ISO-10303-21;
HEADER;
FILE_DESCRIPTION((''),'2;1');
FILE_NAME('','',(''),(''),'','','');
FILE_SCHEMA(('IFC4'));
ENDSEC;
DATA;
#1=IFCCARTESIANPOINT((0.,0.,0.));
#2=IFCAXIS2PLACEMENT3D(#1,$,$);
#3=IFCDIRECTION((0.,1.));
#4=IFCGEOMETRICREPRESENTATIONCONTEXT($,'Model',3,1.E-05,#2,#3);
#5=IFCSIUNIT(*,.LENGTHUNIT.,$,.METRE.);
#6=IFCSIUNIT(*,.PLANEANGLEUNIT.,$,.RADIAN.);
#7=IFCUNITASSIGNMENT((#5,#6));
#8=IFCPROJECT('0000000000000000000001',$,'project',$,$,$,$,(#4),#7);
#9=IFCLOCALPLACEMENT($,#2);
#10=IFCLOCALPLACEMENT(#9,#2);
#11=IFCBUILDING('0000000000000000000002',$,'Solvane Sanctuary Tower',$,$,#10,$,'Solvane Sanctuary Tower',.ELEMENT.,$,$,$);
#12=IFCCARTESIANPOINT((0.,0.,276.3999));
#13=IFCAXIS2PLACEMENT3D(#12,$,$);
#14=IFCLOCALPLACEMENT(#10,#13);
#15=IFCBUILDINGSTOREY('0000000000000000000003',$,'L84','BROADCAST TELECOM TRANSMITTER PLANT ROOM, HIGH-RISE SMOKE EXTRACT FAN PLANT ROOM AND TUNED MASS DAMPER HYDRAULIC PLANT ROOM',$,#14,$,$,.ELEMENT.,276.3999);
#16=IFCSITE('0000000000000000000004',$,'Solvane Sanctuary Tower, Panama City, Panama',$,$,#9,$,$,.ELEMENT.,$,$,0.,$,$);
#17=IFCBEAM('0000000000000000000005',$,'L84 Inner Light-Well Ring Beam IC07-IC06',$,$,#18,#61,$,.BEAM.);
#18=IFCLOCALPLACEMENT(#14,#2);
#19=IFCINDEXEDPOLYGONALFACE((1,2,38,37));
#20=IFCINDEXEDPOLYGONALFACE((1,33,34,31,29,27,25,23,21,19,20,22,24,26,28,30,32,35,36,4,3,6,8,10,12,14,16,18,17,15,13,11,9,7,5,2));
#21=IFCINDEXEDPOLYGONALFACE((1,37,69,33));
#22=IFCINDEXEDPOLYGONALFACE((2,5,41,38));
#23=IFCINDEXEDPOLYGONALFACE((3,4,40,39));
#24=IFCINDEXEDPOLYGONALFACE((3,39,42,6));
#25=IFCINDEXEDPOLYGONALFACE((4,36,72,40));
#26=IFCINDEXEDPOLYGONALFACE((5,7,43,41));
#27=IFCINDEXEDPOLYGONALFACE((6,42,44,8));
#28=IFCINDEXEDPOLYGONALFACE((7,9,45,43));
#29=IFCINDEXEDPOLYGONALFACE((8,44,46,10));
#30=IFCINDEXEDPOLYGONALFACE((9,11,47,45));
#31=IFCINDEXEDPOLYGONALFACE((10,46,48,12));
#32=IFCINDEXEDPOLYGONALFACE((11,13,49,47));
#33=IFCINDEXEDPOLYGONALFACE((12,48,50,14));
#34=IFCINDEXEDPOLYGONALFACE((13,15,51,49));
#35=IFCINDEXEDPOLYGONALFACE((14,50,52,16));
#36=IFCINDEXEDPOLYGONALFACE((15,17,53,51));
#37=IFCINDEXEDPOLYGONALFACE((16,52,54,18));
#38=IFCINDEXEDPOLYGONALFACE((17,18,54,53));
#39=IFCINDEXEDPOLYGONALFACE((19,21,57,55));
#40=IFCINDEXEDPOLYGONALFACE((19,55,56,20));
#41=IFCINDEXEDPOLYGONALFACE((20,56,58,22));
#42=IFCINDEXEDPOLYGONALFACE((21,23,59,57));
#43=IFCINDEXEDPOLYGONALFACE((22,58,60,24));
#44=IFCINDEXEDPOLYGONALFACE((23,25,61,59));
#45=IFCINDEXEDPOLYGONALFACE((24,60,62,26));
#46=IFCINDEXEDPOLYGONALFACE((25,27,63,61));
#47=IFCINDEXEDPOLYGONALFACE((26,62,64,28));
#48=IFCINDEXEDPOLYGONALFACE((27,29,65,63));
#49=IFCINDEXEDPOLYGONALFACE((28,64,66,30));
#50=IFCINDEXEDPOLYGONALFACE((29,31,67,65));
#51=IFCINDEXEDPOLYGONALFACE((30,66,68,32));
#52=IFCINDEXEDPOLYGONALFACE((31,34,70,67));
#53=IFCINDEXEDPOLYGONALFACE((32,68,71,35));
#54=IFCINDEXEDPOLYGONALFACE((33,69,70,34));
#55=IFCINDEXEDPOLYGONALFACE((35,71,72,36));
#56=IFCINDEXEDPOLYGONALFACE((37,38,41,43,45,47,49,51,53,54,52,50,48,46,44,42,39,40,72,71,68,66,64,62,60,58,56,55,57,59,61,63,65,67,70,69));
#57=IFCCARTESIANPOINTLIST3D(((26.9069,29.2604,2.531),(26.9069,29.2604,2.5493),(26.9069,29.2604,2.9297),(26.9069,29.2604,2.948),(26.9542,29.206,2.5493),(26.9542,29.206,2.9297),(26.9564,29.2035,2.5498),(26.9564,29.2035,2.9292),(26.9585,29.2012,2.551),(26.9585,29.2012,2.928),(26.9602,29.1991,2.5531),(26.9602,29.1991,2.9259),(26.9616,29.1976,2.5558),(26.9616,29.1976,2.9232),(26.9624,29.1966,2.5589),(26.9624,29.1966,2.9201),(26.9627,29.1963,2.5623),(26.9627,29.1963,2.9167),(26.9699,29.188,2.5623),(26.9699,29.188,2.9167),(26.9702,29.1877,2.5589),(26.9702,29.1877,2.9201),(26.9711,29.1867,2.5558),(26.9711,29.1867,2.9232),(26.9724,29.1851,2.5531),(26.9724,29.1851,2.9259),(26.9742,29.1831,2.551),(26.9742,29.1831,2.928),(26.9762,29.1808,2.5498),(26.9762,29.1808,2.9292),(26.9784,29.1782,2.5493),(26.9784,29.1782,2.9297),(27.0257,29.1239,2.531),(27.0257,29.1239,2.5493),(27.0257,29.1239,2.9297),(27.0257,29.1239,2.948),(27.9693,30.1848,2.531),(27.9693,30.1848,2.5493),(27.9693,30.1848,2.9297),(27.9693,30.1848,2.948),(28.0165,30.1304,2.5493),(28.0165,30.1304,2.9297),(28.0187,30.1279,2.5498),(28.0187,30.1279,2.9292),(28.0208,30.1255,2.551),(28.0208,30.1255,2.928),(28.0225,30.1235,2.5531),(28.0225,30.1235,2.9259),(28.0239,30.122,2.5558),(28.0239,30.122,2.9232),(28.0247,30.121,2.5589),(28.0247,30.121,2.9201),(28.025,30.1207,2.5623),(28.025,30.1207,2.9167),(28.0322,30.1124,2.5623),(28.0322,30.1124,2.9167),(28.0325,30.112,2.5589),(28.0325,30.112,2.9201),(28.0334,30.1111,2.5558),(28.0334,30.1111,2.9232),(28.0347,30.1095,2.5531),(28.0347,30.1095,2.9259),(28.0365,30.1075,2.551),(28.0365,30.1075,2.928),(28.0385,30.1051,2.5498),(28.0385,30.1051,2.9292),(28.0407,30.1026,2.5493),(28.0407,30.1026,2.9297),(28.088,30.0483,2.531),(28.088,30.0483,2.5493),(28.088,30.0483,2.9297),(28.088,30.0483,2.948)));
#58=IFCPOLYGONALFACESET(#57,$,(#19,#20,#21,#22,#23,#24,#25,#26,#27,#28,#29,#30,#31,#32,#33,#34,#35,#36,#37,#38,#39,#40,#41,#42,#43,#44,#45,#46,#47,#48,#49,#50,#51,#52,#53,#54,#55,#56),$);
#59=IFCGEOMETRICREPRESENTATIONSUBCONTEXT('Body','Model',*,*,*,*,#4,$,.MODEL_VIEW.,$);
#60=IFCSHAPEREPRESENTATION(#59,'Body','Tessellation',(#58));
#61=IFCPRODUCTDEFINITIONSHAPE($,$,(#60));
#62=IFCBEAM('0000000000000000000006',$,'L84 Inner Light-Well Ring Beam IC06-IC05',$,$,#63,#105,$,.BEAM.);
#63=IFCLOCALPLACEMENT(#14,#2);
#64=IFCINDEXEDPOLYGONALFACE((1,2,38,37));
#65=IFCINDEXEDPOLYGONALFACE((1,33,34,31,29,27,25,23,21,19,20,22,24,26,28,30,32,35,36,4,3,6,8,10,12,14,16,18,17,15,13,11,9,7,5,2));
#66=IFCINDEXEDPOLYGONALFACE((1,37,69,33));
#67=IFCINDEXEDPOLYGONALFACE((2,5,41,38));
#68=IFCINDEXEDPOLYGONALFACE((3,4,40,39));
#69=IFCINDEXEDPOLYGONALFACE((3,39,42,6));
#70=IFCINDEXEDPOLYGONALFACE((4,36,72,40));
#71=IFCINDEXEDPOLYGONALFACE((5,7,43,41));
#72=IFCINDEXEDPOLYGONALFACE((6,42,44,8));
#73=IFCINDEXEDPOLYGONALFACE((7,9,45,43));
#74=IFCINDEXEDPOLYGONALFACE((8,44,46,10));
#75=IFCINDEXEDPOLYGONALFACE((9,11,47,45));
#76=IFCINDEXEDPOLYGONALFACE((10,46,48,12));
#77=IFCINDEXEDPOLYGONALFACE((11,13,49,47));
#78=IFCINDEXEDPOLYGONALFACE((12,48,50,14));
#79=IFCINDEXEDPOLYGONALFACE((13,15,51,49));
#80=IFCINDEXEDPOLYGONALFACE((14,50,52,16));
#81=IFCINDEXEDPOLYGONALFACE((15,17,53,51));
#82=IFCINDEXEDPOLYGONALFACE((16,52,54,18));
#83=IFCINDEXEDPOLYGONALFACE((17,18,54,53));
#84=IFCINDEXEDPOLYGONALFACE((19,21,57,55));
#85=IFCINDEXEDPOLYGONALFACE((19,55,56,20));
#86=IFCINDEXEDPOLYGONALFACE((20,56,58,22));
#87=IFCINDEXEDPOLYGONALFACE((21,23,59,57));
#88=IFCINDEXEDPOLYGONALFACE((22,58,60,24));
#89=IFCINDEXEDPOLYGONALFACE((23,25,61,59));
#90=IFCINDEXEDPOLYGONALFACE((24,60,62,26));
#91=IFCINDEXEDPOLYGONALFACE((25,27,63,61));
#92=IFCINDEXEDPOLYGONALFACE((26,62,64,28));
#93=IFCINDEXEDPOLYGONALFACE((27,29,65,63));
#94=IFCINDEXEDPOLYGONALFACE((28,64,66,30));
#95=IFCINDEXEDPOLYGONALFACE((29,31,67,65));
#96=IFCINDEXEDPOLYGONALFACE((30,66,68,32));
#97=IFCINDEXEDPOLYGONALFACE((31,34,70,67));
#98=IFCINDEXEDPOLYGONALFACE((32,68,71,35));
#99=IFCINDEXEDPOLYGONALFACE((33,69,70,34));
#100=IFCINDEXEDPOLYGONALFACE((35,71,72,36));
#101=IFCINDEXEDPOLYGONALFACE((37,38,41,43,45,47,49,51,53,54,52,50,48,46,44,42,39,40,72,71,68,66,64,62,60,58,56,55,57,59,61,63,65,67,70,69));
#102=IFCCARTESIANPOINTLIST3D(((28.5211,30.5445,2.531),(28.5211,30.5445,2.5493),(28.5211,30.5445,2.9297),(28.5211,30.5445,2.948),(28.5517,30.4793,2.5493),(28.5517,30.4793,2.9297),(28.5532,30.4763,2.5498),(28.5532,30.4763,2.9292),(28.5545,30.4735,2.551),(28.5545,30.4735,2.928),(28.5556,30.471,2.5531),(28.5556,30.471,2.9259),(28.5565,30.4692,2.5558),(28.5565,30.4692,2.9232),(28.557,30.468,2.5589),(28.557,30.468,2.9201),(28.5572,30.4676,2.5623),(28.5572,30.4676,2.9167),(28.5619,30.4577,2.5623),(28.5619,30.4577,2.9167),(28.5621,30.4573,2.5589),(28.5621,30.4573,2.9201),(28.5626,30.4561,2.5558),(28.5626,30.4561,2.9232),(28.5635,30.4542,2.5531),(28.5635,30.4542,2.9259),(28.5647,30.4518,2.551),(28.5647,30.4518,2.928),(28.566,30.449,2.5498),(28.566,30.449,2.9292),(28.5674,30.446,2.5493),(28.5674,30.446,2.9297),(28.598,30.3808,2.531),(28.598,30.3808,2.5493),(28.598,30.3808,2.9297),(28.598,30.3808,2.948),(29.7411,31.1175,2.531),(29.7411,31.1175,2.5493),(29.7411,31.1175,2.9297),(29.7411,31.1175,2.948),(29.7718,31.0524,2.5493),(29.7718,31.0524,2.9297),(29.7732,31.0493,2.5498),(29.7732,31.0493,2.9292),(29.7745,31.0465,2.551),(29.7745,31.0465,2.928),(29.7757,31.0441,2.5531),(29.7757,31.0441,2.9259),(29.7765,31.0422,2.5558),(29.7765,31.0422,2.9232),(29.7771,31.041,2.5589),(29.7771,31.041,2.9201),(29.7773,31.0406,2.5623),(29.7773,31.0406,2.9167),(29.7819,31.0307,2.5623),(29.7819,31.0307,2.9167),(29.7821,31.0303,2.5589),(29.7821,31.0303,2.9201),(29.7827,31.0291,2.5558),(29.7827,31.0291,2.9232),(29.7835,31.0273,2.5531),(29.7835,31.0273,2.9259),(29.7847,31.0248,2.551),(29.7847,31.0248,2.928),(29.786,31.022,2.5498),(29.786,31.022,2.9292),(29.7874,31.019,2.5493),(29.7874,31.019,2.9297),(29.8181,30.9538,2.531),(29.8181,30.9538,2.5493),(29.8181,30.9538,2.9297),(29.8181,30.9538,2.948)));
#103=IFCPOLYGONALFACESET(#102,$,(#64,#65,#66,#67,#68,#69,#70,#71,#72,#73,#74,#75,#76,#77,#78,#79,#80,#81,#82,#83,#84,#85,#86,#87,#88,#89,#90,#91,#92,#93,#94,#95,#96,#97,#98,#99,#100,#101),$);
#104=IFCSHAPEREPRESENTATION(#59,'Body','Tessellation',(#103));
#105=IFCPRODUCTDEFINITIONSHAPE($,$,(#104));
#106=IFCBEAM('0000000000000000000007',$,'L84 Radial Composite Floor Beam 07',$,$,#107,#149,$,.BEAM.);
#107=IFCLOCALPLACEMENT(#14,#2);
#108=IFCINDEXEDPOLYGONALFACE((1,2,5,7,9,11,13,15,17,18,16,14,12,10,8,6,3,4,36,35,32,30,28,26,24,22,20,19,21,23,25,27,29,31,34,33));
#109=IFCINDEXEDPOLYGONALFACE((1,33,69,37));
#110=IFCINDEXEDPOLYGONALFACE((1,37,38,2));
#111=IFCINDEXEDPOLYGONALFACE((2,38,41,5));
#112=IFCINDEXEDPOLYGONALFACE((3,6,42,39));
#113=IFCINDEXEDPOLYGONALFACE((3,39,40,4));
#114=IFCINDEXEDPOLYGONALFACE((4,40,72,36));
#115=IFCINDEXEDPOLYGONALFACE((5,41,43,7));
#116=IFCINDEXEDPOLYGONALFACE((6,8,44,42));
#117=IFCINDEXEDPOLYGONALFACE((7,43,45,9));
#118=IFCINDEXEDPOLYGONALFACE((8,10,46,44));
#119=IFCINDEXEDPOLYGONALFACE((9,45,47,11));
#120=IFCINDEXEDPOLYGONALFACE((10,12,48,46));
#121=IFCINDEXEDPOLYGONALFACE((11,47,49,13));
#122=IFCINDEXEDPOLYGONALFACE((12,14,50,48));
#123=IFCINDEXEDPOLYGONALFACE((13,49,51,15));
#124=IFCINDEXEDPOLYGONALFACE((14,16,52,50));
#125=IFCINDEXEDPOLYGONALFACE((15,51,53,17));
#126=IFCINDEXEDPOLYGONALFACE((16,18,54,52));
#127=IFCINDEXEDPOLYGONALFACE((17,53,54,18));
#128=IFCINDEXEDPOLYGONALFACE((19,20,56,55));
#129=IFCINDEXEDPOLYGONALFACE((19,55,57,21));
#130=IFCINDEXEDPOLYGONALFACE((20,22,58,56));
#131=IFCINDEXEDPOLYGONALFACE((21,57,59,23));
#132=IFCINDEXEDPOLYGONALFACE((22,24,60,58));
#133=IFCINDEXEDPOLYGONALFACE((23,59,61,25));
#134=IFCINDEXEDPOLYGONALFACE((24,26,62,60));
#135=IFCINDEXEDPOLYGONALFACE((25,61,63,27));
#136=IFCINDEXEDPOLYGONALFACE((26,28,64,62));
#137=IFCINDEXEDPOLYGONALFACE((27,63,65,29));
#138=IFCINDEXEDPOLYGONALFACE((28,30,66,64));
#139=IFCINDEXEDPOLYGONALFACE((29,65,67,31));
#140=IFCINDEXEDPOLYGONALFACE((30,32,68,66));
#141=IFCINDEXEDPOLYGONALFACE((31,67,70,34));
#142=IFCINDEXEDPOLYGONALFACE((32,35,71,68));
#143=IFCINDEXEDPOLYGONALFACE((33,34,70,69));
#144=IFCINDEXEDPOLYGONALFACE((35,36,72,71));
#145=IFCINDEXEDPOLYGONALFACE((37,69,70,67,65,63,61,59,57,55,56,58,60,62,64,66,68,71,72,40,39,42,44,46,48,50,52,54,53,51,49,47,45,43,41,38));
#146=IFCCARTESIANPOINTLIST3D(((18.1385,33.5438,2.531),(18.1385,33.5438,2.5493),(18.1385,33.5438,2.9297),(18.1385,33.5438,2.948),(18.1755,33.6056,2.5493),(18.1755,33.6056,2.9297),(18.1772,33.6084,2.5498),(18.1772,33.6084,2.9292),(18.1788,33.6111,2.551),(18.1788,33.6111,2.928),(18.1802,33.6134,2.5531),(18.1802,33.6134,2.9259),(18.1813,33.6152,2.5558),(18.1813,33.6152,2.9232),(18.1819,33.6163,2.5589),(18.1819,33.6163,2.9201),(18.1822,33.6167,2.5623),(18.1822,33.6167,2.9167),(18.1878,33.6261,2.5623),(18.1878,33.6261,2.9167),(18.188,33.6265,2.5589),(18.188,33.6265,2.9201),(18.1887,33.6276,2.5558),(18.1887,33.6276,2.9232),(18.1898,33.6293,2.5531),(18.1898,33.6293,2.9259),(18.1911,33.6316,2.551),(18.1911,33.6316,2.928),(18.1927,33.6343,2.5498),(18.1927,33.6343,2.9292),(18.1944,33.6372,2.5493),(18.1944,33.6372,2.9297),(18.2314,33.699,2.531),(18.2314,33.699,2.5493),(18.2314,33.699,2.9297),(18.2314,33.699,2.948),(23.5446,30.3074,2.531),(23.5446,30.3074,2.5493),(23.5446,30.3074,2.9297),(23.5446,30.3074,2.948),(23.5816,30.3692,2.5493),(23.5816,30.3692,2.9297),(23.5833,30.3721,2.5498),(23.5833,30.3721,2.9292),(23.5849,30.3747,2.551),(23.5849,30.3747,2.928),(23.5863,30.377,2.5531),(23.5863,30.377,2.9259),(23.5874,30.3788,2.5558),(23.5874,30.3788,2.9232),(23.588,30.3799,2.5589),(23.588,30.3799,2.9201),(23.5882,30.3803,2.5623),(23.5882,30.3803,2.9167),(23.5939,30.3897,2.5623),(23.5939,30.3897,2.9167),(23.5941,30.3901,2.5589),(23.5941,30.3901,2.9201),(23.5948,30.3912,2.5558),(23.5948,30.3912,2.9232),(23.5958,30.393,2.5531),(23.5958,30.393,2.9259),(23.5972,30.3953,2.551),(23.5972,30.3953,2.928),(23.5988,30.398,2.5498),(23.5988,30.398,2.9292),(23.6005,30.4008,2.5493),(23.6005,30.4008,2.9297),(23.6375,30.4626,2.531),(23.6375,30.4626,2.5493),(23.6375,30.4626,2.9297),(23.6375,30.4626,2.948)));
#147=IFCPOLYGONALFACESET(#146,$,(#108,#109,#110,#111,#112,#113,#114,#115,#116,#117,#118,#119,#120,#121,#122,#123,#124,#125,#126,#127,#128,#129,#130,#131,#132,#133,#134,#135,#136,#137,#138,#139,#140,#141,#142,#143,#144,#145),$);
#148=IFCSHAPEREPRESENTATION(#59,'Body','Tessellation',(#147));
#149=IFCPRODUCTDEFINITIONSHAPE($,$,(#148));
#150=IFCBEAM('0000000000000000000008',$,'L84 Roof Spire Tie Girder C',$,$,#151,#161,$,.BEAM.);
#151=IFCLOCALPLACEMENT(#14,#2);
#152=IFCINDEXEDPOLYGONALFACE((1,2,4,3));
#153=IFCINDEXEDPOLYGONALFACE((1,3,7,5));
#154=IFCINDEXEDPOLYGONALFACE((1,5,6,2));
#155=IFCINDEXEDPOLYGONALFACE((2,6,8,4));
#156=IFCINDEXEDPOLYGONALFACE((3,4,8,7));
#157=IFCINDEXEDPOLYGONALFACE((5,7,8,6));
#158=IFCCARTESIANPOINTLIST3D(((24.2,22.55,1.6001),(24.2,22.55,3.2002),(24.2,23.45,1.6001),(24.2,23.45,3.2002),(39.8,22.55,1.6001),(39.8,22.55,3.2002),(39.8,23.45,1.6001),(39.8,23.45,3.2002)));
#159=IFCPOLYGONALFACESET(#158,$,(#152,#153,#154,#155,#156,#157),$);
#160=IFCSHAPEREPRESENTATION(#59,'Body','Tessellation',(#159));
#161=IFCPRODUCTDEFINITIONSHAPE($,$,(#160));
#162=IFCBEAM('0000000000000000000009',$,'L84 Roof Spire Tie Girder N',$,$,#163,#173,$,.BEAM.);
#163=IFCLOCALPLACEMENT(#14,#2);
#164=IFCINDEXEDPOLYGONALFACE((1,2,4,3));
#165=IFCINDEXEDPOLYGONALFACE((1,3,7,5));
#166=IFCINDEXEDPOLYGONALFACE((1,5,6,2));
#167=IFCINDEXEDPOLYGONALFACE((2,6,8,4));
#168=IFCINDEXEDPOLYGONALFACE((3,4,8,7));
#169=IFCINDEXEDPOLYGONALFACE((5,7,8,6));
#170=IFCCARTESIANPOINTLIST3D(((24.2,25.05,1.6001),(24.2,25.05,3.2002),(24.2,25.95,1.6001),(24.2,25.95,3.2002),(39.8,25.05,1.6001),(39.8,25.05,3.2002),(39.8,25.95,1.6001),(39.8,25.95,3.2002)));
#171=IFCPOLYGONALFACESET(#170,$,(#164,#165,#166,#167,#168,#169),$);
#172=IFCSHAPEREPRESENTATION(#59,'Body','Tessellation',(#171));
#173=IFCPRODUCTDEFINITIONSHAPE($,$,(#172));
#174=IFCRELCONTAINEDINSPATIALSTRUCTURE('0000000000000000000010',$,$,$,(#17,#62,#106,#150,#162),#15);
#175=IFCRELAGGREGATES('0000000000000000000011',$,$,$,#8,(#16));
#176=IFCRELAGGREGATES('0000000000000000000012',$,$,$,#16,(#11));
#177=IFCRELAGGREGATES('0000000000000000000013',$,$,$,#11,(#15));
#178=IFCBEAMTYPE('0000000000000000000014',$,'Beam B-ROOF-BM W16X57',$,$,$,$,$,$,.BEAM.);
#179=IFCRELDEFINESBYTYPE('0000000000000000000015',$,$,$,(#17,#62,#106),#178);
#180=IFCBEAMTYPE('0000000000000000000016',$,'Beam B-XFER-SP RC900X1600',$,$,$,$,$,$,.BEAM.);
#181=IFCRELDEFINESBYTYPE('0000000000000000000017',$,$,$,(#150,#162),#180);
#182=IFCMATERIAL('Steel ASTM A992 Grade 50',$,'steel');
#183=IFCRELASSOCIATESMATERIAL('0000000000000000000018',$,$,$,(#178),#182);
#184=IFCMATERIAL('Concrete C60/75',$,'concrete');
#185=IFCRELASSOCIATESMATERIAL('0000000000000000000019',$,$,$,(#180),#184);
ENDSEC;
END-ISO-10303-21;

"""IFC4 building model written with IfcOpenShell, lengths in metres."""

from ifc_helpers import new_model, si_unit, direction, frame, origin, origin_2d, place, context, subcontext, project, spatial, rectangle, i_section, extrude, material, material_profile, profile_set, type_object, element, save


model = new_model("IFC4")

# Units and contexts
model_context = context("Model", 3, precision=1e-05, world=origin(), true_north=direction((0.0, 1.0)))
body_context = subcontext(model_context, "Body", "Model", "MODEL_VIEW")
ifc_project = project(units=[si_unit("LENGTHUNIT", "METRE"), si_unit("PLANEANGLEUNIT", "RADIAN")], contexts=[model_context])

# Site, building, storey
site_placement = place(None, origin())
site = spatial("IfcSite", under=ifc_project, at=site_placement, Name="Solvane Sanctuary Tower, Panama City, Panama", CompositionType="ELEMENT", RefElevation=0.0)
building_placement = place(site_placement, origin())
building = spatial("IfcBuilding", under=site, at=building_placement, Name="Solvane Sanctuary Tower", LongName="Solvane Sanctuary Tower", CompositionType="ELEMENT")
storey_placement = place(building_placement, frame((0.0, 0.0, 276.3999)))
storey = spatial("IfcBuildingStorey", under=building, at=storey_placement, Name="L84", Description="BROADCAST TELECOM TRANSMITTER PLANT ROOM, HIGH-RISE SMOKE EXTRACT FAN PLANT ROOM AND TUNED MASS DAMPER HYDRAULIC PLANT ROOM", CompositionType="ELEMENT", Elevation=276.3999)

# Beams
ifc_material_1 = material(Name="Steel ASTM A992 Grade 50", Category="steel")
ifc_material_profile_1 = material_profile(ifc_material_1, i_section(OverallWidth=0.1809, OverallDepth=0.417, WebThickness=0.011, FlangeThickness=0.0183, FilletRadius=0.0129, at=origin_2d()), Name="W16X57")
ifc_profile_set_1 = profile_set([ifc_material_profile_1], Name="Steel ASTM A992 Grade 50")
beam_type_1 = type_object("IfcBeamType", Name="Beam B-ROOF-BM W16X57", PredefinedType="BEAM", material=ifc_profile_set_1)
beam_1_placement = place(storey_placement, frame((26.9663, 29.1921, 2.7395), z_axis=(0.754389, 0.656428, 0.0), x_axis=(-0.656428, 0.754389, 0.0)))
element("IfcBeam", 1, at=beam_1_placement, inside=storey, type_object=beam_type_1, Name="L84 Inner Light-Well Ring Beam IC07-IC06", PredefinedType="BEAM", context=body_context, shape_type="SweptSolid", body=[
    extrude(i_section(OverallWidth=0.1809, OverallDepth=0.417, WebThickness=0.011, FlangeThickness=0.0183, FilletRadius=0.0129, at=origin_2d()), origin(), (0.0, 0.0, 1.0), 1.4082),
])
beam_2_placement = place(storey_placement, frame((28.5596, 30.4626, 2.7395), z_axis=(0.905135, 0.425125, 0.0), x_axis=(-0.425125, 0.905135, 0.0)))
element("IfcBeam", 2, at=beam_2_placement, inside=storey, type_object=beam_type_1, Name="L84 Inner Light-Well Ring Beam IC06-IC05", PredefinedType="BEAM", context=body_context, shape_type="SweptSolid", body=[
    extrude(i_section(OverallWidth=0.1809, OverallDepth=0.417, WebThickness=0.011, FlangeThickness=0.0183, FilletRadius=0.0129, at=origin_2d()), origin(), (0.0, 0.0, 1.0), 1.3479),
])
beam_3_placement = place(storey_placement, frame((23.5911, 30.385, 2.7395), z_axis=(-0.858002, 0.513646, 0.0), x_axis=(-0.513646, -0.858002, 0.0)))
element("IfcBeam", 3, at=beam_3_placement, inside=storey, type_object=beam_type_1, Name="L84 Radial Composite Floor Beam 07", PredefinedType="BEAM", context=body_context, shape_type="SweptSolid", body=[
    extrude(i_section(OverallWidth=0.1809, OverallDepth=0.417, WebThickness=0.011, FlangeThickness=0.0183, FilletRadius=0.0129, at=origin_2d()), origin(), (0.0, 0.0, 1.0), 6.3008),
])
ifc_material_2 = material(Name="Concrete C60/75", Category="concrete")
ifc_material_profile_2 = material_profile(ifc_material_2, rectangle(XDim=0.8999, YDim=1.6001, at=origin_2d()), Name="RC900X1600")
ifc_profile_set_2 = profile_set([ifc_material_profile_2], Name="Concrete C60/75")
beam_type_2 = type_object("IfcBeamType", Name="Beam B-XFER-SP RC900X1600", PredefinedType="BEAM", material=ifc_profile_set_2)
for number, where, z_axis, x_axis, name in (
    (4, (24.2, 23.0, 2.4001), (1.0, 0.0, 0.0), (0.0, 1.0, 0.0), "L84 Roof Spire Tie Girder C"),
    (5, (24.2, 25.5, 2.4001), (1.0, 0.0, 0.0), (0.0, 1.0, 0.0), "L84 Roof Spire Tie Girder N"),
):
    element("IfcBeam", number, at=place(storey_placement, frame(where, z_axis=z_axis, x_axis=x_axis)), inside=storey, type_object=beam_type_2, Name=name, PredefinedType="BEAM", context=body_context, shape_type="SweptSolid", body=[
        extrude(rectangle(XDim=0.8999, YDim=1.6001, at=origin_2d()), origin(), (0.0, 0.0, 1.0), 15.6001),
    ])

save(model, "model.ifc")
